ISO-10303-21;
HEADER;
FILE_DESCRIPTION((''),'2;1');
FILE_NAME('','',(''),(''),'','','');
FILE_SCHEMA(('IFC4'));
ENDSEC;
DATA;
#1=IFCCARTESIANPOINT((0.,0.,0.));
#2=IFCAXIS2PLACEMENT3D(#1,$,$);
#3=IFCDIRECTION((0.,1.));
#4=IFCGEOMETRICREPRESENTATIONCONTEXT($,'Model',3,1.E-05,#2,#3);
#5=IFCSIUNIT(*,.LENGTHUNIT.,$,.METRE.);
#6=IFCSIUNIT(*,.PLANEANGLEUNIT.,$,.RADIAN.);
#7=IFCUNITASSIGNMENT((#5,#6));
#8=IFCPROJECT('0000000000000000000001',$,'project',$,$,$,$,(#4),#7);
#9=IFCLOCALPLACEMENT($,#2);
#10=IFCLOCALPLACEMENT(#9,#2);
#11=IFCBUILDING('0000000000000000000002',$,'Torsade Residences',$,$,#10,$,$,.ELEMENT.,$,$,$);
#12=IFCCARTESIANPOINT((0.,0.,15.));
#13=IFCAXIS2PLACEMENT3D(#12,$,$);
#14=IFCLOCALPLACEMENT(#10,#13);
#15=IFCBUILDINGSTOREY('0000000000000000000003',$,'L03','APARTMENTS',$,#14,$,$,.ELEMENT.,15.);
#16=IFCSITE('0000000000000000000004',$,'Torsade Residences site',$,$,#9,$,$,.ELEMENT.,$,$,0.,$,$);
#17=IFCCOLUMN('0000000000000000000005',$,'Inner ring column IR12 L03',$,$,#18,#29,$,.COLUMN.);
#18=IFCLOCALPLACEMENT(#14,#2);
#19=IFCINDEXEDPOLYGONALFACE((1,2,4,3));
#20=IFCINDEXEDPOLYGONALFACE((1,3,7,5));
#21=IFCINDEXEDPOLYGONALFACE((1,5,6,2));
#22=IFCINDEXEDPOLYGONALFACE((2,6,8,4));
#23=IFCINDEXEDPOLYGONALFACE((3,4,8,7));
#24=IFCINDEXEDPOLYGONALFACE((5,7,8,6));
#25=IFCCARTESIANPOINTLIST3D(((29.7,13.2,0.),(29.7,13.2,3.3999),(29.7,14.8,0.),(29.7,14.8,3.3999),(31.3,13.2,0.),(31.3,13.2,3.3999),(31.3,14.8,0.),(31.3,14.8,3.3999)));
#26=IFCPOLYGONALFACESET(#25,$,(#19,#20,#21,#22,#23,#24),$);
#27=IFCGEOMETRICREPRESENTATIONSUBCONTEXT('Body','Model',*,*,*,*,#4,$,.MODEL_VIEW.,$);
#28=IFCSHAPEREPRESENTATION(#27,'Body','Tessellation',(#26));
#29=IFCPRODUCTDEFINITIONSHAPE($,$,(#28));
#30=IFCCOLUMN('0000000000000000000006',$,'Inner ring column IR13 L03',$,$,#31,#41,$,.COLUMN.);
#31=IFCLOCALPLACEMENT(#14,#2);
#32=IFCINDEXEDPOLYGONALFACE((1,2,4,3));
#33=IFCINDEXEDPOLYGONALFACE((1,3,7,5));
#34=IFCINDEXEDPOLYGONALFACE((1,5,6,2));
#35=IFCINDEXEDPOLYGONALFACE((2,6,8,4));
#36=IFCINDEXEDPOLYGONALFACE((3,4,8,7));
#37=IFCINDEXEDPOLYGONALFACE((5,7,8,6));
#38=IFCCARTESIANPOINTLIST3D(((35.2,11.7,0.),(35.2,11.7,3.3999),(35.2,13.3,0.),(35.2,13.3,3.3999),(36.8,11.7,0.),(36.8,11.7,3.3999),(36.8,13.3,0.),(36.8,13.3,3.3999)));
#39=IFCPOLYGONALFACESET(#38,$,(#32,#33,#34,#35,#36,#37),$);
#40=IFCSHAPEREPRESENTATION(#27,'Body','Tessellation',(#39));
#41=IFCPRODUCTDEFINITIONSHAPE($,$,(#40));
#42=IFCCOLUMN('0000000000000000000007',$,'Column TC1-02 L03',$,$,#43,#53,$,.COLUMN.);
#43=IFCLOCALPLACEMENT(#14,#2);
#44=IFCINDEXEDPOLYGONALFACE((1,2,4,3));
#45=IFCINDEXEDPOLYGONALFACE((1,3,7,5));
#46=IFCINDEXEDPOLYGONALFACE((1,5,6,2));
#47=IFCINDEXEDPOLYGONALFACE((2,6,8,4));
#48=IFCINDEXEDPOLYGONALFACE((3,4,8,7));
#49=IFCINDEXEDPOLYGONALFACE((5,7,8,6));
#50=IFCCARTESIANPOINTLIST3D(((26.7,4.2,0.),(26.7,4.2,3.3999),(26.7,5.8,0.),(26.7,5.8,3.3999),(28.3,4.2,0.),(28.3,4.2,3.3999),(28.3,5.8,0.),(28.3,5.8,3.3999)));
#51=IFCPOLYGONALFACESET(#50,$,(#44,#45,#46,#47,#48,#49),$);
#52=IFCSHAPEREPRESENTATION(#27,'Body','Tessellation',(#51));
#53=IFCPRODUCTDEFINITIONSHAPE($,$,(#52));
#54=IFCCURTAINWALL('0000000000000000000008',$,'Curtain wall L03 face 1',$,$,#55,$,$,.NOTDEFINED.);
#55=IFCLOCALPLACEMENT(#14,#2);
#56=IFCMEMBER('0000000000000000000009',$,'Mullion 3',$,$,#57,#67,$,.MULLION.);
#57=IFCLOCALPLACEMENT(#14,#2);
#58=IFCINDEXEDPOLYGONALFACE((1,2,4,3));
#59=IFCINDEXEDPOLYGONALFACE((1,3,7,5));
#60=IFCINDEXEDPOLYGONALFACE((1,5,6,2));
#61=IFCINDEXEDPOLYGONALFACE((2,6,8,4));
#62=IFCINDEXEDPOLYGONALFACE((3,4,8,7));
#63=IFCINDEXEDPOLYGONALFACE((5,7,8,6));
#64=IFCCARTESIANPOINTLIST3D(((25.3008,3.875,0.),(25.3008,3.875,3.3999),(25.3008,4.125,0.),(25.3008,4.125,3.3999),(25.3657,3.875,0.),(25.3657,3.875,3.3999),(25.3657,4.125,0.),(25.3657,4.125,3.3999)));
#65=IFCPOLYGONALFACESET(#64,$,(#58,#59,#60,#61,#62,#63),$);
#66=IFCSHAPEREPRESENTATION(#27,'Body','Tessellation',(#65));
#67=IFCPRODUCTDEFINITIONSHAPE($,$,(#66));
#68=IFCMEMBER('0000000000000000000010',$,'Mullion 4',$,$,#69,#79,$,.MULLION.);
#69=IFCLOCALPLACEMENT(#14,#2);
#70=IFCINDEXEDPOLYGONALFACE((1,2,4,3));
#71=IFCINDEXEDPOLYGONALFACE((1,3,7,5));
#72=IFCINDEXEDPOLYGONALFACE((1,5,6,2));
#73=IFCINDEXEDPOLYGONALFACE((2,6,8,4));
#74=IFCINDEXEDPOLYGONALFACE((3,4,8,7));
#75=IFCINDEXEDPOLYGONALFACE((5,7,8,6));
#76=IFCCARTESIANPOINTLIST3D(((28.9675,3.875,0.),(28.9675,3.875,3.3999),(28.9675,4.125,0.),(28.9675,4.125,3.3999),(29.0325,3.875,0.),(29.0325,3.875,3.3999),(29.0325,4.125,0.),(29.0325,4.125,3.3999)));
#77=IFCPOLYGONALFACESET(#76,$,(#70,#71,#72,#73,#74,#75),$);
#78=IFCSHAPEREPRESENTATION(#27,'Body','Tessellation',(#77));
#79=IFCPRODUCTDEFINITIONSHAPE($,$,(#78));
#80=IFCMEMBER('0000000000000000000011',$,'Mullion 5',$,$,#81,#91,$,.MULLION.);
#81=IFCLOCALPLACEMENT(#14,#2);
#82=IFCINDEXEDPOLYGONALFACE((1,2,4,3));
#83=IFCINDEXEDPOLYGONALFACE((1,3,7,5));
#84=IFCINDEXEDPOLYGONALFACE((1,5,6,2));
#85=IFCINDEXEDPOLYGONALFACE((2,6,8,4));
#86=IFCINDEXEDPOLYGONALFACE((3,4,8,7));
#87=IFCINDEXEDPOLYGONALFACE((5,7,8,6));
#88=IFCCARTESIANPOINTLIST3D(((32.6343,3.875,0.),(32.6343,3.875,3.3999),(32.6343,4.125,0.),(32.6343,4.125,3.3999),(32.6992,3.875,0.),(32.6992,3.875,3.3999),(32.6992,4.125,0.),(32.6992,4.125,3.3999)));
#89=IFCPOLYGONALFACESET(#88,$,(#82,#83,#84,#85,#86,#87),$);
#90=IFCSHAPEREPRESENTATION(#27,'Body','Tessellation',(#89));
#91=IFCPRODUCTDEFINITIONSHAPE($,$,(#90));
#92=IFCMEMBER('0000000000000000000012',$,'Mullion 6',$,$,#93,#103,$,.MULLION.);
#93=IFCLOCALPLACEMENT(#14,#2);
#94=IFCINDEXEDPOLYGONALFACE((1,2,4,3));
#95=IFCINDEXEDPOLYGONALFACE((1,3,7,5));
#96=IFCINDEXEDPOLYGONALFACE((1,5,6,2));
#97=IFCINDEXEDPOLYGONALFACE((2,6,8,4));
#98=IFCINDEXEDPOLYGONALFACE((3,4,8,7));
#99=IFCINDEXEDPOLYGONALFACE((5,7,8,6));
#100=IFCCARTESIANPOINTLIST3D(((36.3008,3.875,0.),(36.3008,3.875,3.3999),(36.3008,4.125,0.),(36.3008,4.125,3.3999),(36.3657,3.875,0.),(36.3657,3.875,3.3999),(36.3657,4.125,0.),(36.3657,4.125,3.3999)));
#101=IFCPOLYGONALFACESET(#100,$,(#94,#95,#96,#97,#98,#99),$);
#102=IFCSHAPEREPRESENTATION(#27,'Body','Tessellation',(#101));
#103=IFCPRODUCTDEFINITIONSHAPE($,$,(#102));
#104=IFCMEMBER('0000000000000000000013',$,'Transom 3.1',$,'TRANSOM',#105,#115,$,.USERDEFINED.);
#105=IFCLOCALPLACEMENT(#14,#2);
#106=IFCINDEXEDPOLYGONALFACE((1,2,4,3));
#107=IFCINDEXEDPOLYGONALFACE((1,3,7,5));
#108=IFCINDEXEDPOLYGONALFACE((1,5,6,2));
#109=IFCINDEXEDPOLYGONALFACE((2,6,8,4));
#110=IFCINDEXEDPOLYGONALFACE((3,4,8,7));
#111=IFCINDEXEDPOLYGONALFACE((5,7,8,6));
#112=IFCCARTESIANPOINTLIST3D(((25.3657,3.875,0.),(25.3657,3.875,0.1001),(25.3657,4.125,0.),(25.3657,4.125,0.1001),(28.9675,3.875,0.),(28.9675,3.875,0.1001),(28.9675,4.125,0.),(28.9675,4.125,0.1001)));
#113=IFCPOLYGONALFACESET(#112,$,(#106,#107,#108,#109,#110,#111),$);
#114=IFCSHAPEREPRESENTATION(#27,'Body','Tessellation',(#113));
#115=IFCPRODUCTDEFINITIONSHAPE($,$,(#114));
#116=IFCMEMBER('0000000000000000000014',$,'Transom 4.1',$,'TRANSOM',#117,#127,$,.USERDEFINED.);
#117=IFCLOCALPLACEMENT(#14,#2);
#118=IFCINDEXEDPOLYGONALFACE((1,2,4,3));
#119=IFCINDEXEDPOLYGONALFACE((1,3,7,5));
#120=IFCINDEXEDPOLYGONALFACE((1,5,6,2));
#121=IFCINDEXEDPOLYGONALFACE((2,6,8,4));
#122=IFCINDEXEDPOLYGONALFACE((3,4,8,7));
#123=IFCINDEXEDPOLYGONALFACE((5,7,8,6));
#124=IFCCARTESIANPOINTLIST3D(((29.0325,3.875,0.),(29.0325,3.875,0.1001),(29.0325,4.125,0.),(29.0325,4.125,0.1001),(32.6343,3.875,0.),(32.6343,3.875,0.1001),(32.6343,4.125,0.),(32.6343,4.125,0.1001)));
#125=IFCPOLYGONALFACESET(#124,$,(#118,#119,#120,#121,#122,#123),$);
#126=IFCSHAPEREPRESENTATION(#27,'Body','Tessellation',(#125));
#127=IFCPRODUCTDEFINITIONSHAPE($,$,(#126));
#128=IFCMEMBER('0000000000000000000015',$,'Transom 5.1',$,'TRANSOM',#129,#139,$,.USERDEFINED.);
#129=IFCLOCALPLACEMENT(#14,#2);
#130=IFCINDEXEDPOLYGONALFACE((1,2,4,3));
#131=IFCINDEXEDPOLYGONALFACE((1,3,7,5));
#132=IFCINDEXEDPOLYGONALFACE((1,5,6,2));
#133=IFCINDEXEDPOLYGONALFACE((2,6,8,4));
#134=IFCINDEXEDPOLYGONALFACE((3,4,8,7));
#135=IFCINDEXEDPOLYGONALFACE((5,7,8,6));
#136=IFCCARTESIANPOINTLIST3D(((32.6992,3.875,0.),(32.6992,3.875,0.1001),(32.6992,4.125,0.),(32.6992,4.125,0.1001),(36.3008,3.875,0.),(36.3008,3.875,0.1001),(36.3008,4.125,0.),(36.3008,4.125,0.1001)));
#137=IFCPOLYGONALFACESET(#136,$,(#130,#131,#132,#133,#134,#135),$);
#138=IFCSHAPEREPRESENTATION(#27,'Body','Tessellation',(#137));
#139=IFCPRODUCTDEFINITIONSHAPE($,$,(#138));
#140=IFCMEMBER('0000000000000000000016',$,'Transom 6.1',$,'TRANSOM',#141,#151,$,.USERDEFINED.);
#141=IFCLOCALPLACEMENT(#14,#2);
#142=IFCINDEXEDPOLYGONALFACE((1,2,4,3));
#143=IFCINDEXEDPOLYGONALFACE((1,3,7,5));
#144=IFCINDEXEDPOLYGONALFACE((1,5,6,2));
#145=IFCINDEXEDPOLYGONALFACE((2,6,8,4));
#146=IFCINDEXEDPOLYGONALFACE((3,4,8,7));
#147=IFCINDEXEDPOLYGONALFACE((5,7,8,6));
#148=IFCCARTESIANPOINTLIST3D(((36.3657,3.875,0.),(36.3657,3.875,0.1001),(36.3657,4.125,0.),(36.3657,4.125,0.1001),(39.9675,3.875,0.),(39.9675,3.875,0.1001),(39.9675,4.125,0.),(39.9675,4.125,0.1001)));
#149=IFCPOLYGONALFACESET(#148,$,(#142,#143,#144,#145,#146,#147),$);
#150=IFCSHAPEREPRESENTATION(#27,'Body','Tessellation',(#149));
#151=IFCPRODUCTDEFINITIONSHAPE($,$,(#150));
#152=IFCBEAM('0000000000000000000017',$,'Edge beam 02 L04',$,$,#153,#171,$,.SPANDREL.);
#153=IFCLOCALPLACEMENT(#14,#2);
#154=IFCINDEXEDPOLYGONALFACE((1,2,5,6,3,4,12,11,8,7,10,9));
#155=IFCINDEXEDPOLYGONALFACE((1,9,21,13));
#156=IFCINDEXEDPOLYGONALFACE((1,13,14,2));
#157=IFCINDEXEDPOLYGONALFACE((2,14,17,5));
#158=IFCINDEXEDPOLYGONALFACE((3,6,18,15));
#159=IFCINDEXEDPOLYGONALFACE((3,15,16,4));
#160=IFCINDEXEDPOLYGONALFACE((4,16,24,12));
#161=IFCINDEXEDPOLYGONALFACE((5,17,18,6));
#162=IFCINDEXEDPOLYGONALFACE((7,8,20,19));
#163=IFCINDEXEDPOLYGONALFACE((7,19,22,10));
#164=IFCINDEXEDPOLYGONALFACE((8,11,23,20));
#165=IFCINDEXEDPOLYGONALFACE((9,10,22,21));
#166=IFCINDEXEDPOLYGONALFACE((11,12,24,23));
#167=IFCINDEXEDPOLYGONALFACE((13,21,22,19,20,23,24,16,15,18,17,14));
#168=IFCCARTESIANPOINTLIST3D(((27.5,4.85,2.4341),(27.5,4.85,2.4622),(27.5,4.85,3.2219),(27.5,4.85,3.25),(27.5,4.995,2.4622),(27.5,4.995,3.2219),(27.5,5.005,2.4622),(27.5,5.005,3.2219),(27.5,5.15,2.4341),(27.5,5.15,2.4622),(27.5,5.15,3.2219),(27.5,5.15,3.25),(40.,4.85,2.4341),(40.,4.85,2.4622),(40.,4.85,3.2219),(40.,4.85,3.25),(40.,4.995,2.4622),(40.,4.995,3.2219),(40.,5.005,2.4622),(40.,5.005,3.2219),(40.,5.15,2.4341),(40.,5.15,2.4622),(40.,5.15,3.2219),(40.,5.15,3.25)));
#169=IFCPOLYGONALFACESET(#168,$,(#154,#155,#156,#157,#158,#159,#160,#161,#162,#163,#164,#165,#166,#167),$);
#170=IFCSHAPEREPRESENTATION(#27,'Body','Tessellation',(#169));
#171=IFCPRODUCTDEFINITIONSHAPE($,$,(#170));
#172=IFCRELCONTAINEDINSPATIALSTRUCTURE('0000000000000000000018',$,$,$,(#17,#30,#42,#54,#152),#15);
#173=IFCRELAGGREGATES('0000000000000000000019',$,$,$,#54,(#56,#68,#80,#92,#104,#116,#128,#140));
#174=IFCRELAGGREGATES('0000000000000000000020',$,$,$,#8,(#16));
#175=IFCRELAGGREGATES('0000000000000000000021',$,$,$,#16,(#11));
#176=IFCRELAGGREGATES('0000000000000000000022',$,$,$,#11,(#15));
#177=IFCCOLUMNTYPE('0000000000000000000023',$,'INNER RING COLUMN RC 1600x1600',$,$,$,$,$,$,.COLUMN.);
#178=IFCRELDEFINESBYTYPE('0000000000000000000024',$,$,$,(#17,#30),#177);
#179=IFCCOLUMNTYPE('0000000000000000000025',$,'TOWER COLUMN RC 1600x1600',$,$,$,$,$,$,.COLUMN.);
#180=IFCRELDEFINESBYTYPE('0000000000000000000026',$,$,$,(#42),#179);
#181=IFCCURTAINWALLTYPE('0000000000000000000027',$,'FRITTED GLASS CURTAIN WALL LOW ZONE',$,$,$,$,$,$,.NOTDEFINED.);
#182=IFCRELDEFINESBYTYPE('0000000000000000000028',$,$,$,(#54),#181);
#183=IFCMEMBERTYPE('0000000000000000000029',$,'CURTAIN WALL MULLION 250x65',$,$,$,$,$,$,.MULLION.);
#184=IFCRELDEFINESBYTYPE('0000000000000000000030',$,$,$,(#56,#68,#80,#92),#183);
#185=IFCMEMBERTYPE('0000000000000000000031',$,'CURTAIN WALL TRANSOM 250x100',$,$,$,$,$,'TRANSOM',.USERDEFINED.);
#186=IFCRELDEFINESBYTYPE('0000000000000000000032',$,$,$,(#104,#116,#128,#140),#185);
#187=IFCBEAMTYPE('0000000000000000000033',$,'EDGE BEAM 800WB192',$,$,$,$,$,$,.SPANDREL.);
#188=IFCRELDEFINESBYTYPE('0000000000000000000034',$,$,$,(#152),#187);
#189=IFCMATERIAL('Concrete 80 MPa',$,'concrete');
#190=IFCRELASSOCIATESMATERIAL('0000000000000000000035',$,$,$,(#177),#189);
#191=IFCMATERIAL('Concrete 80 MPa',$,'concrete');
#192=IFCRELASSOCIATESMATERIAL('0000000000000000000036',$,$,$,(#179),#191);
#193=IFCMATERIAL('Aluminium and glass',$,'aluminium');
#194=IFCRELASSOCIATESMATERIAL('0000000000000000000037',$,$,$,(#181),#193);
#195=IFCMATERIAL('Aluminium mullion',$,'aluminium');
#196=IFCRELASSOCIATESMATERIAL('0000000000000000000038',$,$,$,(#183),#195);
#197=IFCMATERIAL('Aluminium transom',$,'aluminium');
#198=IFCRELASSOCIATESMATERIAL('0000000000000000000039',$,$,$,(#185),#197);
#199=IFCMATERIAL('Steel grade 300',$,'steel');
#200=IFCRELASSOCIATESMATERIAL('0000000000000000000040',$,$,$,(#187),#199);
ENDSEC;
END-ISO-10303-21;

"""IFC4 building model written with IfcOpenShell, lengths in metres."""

from ifc_helpers import new_model, si_unit, direction, frame, origin, origin_2d, place, context, subcontext, project, spatial, rectangle, i_section, extrude, material, material_profile, profile_set, type_object, element, aggregate, save


model = new_model("IFC4")

# Units and contexts
model_context = context("Model", 3, precision=1e-05, world=origin(), true_north=direction((0.0, 1.0)))
body_context = subcontext(model_context, "Body", "Model", "MODEL_VIEW")
ifc_project = project(units=[si_unit("LENGTHUNIT", "METRE"), si_unit("PLANEANGLEUNIT", "RADIAN")], contexts=[model_context])

# Site, building, storey
site_placement = place(None, origin())
site = spatial("IfcSite", under=ifc_project, at=site_placement, Name="Torsade Residences site", CompositionType="ELEMENT", RefElevation=0.0)
building_placement = place(site_placement, origin())
building = spatial("IfcBuilding", under=site, at=building_placement, Name="Torsade Residences", CompositionType="ELEMENT")
storey_placement = place(building_placement, frame((0.0, 0.0, 15.0)))
storey = spatial("IfcBuildingStorey", under=building, at=storey_placement, Name="L03", Description="APARTMENTS", CompositionType="ELEMENT", Elevation=15.0)

# Columns
ifc_material_1 = material(Name="Concrete 80 MPa", Category="concrete")
ifc_material_profile_1 = material_profile(ifc_material_1, rectangle(XDim=1.6001, YDim=1.6001, at=origin_2d()), Name="RC 1600x1600")
ifc_profile_set_1 = profile_set([ifc_material_profile_1], Name="Concrete 80 MPa")
column_type_1 = type_object("IfcColumnType", Name="INNER RING COLUMN RC 1600x1600", PredefinedType="COLUMN", material=ifc_profile_set_1)
for number, where, z_axis, x_axis, name in (
    (1, (30.5, 14.0, 0.0), (0.0, 0.0, 1.0), (1.0, 0.0, 0.0), "Inner ring column IR12 L03"),
    (2, (36.0, 12.5, 0.0), (0.0, 0.0, 1.0), (1.0, 0.0, 0.0), "Inner ring column IR13 L03"),
):
    element("IfcColumn", number, at=place(storey_placement, frame(where, z_axis=z_axis, x_axis=x_axis)), inside=storey, type_object=column_type_1, Name=name, PredefinedType="COLUMN", context=body_context, shape_type="SweptSolid", body=[
        extrude(rectangle(XDim=1.6001, YDim=1.6001, at=origin_2d()), origin(), (0.0, 0.0, 1.0), 3.3999),
    ])
ifc_material_2 = material(Name="Concrete 80 MPa", Category="concrete")
ifc_material_profile_2 = material_profile(ifc_material_2, rectangle(XDim=1.6001, YDim=1.6001, at=origin_2d()), Name="RC 1600x1600")
ifc_profile_set_2 = profile_set([ifc_material_profile_2], Name="Concrete 80 MPa")
column_type_2 = type_object("IfcColumnType", Name="TOWER COLUMN RC 1600x1600", PredefinedType="COLUMN", material=ifc_profile_set_2)
column_placement = place(storey_placement, frame((27.5, 5.0, 0.0), z_axis=(0.0, 0.0, 1.0), x_axis=(1.0, 0.0, 0.0)))
element("IfcColumn", 3, at=column_placement, inside=storey, type_object=column_type_2, Name="Column TC1-02 L03", PredefinedType="COLUMN", context=body_context, shape_type="SweptSolid", body=[
    extrude(rectangle(XDim=1.6001, YDim=1.6001, at=origin_2d()), origin(), (0.0, 0.0, 1.0), 3.3999),
])

# Curtain wall, members
ifc_material_3 = material(Name="Aluminium and glass", Category="aluminium")
curtain_wall_type = type_object("IfcCurtainWallType", Name="FRITTED GLASS CURTAIN WALL LOW ZONE", PredefinedType="NOTDEFINED", material=ifc_material_3)
curtain_wall_placement = place(storey_placement, origin())
curtain_wall = element("IfcCurtainWall", 4, at=curtain_wall_placement, inside=storey, type_object=curtain_wall_type, Name="Curtain wall L03 face 1", PredefinedType="NOTDEFINED")
ifc_material_4 = material(Name="Aluminium mullion", Category="aluminium")
ifc_material_profile_3 = material_profile(ifc_material_4, rectangle(XDim=0.25, YDim=0.0649, at=origin_2d()), Name="CURTAIN WALL MULLION 250x65")
ifc_profile_set_3 = profile_set([ifc_material_profile_3], Name="Aluminium mullion")
member_type_1 = type_object("IfcMemberType", Name="CURTAIN WALL MULLION 250x65", PredefinedType="MULLION", material=ifc_profile_set_3)
member_1_placement = place(storey_placement, frame((25.3333, 4.0, 0.0), z_axis=(0.0, 0.0, 1.0), x_axis=(0.0, 1.0, 0.0)))
member_1 = element("IfcMember", 5, at=member_1_placement, type_object=member_type_1, Name="Mullion 3", PredefinedType="MULLION", context=body_context, shape_type="SweptSolid", body=[
    extrude(rectangle(XDim=0.25, YDim=0.0649, at=origin_2d()), origin(), (0.0, 0.0, 1.0), 3.3999),
])
member_2_placement = place(storey_placement, frame((29.0, 4.0, 0.0), z_axis=(0.0, 0.0, 1.0), x_axis=(0.0, 1.0, 0.0)))
member_2 = element("IfcMember", 6, at=member_2_placement, type_object=member_type_1, Name="Mullion 4", PredefinedType="MULLION", context=body_context, shape_type="SweptSolid", body=[
    extrude(rectangle(XDim=0.25, YDim=0.0649, at=origin_2d()), origin(), (0.0, 0.0, 1.0), 3.3999),
])
member_3_placement = place(storey_placement, frame((32.6667, 4.0, 0.0), z_axis=(0.0, 0.0, 1.0), x_axis=(0.0, 1.0, 0.0)))
member_3 = element("IfcMember", 7, at=member_3_placement, type_object=member_type_1, Name="Mullion 5", PredefinedType="MULLION", context=body_context, shape_type="SweptSolid", body=[
    extrude(rectangle(XDim=0.25, YDim=0.0649, at=origin_2d()), origin(), (0.0, 0.0, 1.0), 3.3999),
])
member_4_placement = place(storey_placement, frame((36.3333, 4.0, 0.0), z_axis=(0.0, 0.0, 1.0), x_axis=(0.0, 1.0, 0.0)))
member_4 = element("IfcMember", 8, at=member_4_placement, type_object=member_type_1, Name="Mullion 6", PredefinedType="MULLION", context=body_context, shape_type="SweptSolid", body=[
    extrude(rectangle(XDim=0.25, YDim=0.0649, at=origin_2d()), origin(), (0.0, 0.0, 1.0), 3.3999),
])
ifc_material_5 = material(Name="Aluminium transom", Category="aluminium")
ifc_material_profile_4 = material_profile(ifc_material_5, rectangle(XDim=0.25, YDim=0.1001, at=origin_2d()), Name="CURTAIN WALL TRANSOM 250x100")
ifc_profile_set_4 = profile_set([ifc_material_profile_4], Name="Aluminium transom")
member_type_2 = type_object("IfcMemberType", Name="CURTAIN WALL TRANSOM 250x100", ElementType="TRANSOM", PredefinedType="USERDEFINED", material=ifc_profile_set_4)
member_5_placement = place(storey_placement, frame((25.3657, 4.0, 0.05), z_axis=(1.0, 0.0, 0.0), x_axis=(0.0, 1.0, 0.0)))
member_5 = element("IfcMember", 9, at=member_5_placement, type_object=member_type_2, Name="Transom 3.1", ObjectType="TRANSOM", PredefinedType="USERDEFINED", context=body_context, shape_type="SweptSolid", body=[
    extrude(rectangle(XDim=0.25, YDim=0.1001, at=origin_2d()), origin(), (0.0, 0.0, 1.0), 3.6018),
])
member_6_placement = place(storey_placement, frame((29.0325, 4.0, 0.05), z_axis=(1.0, 0.0, 0.0), x_axis=(0.0, 1.0, 0.0)))
member_6 = element("IfcMember", 10, at=member_6_placement, type_object=member_type_2, Name="Transom 4.1", ObjectType="TRANSOM", PredefinedType="USERDEFINED", context=body_context, shape_type="SweptSolid", body=[
    extrude(rectangle(XDim=0.25, YDim=0.1001, at=origin_2d()), origin(), (0.0, 0.0, 1.0), 3.6018),
])
member_7_placement = place(storey_placement, frame((32.6992, 4.0, 0.05), z_axis=(1.0, 0.0, 0.0), x_axis=(0.0, 1.0, 0.0)))
member_7 = element("IfcMember", 11, at=member_7_placement, type_object=member_type_2, Name="Transom 5.1", ObjectType="TRANSOM", PredefinedType="USERDEFINED", context=body_context, shape_type="SweptSolid", body=[
    extrude(rectangle(XDim=0.25, YDim=0.1001, at=origin_2d()), origin(), (0.0, 0.0, 1.0), 3.6016),
])
member_8_placement = place(storey_placement, frame((36.3657, 4.0, 0.05), z_axis=(1.0, 0.0, 0.0), x_axis=(0.0, 1.0, 0.0)))
member_8 = element("IfcMember", 12, at=member_8_placement, type_object=member_type_2, Name="Transom 6.1", ObjectType="TRANSOM", PredefinedType="USERDEFINED", context=body_context, shape_type="SweptSolid", body=[
    extrude(rectangle(XDim=0.25, YDim=0.1001, at=origin_2d()), origin(), (0.0, 0.0, 1.0), 3.6018),
])

# Beam
ifc_material_6 = material(Name="Steel grade 300", Category="steel")
ifc_material_profile_5 = material_profile(ifc_material_6, i_section(OverallWidth=0.3, OverallDepth=0.8159, WebThickness=0.01, FlangeThickness=0.0281, at=origin_2d()), Name="800WB192")
ifc_profile_set_5 = profile_set([ifc_material_profile_5], Name="Steel grade 300")
beam_type_1 = type_object("IfcBeamType", Name="EDGE BEAM 800WB192", PredefinedType="SPANDREL", material=ifc_profile_set_5)
beam_1_placement = place(storey_placement, frame((27.5, 5.0, 2.842), z_axis=(1.0, 0.0, 0.0), x_axis=(0.0, 1.0, 0.0)))
element("IfcBeam", 13, at=beam_1_placement, inside=storey, type_object=beam_type_1, Name="Edge beam 02 L04", PredefinedType="SPANDREL", context=body_context, shape_type="SweptSolid", body=[
    extrude(i_section(OverallWidth=0.3, OverallDepth=0.8159, WebThickness=0.01, FlangeThickness=0.0281, at=origin_2d()), origin(), (0.0, 0.0, 1.0), 12.5),
])

aggregate(curtain_wall, [member_1, member_2, member_3, member_4, member_5, member_6, member_7, member_8])

save(model, "model.ifc")
